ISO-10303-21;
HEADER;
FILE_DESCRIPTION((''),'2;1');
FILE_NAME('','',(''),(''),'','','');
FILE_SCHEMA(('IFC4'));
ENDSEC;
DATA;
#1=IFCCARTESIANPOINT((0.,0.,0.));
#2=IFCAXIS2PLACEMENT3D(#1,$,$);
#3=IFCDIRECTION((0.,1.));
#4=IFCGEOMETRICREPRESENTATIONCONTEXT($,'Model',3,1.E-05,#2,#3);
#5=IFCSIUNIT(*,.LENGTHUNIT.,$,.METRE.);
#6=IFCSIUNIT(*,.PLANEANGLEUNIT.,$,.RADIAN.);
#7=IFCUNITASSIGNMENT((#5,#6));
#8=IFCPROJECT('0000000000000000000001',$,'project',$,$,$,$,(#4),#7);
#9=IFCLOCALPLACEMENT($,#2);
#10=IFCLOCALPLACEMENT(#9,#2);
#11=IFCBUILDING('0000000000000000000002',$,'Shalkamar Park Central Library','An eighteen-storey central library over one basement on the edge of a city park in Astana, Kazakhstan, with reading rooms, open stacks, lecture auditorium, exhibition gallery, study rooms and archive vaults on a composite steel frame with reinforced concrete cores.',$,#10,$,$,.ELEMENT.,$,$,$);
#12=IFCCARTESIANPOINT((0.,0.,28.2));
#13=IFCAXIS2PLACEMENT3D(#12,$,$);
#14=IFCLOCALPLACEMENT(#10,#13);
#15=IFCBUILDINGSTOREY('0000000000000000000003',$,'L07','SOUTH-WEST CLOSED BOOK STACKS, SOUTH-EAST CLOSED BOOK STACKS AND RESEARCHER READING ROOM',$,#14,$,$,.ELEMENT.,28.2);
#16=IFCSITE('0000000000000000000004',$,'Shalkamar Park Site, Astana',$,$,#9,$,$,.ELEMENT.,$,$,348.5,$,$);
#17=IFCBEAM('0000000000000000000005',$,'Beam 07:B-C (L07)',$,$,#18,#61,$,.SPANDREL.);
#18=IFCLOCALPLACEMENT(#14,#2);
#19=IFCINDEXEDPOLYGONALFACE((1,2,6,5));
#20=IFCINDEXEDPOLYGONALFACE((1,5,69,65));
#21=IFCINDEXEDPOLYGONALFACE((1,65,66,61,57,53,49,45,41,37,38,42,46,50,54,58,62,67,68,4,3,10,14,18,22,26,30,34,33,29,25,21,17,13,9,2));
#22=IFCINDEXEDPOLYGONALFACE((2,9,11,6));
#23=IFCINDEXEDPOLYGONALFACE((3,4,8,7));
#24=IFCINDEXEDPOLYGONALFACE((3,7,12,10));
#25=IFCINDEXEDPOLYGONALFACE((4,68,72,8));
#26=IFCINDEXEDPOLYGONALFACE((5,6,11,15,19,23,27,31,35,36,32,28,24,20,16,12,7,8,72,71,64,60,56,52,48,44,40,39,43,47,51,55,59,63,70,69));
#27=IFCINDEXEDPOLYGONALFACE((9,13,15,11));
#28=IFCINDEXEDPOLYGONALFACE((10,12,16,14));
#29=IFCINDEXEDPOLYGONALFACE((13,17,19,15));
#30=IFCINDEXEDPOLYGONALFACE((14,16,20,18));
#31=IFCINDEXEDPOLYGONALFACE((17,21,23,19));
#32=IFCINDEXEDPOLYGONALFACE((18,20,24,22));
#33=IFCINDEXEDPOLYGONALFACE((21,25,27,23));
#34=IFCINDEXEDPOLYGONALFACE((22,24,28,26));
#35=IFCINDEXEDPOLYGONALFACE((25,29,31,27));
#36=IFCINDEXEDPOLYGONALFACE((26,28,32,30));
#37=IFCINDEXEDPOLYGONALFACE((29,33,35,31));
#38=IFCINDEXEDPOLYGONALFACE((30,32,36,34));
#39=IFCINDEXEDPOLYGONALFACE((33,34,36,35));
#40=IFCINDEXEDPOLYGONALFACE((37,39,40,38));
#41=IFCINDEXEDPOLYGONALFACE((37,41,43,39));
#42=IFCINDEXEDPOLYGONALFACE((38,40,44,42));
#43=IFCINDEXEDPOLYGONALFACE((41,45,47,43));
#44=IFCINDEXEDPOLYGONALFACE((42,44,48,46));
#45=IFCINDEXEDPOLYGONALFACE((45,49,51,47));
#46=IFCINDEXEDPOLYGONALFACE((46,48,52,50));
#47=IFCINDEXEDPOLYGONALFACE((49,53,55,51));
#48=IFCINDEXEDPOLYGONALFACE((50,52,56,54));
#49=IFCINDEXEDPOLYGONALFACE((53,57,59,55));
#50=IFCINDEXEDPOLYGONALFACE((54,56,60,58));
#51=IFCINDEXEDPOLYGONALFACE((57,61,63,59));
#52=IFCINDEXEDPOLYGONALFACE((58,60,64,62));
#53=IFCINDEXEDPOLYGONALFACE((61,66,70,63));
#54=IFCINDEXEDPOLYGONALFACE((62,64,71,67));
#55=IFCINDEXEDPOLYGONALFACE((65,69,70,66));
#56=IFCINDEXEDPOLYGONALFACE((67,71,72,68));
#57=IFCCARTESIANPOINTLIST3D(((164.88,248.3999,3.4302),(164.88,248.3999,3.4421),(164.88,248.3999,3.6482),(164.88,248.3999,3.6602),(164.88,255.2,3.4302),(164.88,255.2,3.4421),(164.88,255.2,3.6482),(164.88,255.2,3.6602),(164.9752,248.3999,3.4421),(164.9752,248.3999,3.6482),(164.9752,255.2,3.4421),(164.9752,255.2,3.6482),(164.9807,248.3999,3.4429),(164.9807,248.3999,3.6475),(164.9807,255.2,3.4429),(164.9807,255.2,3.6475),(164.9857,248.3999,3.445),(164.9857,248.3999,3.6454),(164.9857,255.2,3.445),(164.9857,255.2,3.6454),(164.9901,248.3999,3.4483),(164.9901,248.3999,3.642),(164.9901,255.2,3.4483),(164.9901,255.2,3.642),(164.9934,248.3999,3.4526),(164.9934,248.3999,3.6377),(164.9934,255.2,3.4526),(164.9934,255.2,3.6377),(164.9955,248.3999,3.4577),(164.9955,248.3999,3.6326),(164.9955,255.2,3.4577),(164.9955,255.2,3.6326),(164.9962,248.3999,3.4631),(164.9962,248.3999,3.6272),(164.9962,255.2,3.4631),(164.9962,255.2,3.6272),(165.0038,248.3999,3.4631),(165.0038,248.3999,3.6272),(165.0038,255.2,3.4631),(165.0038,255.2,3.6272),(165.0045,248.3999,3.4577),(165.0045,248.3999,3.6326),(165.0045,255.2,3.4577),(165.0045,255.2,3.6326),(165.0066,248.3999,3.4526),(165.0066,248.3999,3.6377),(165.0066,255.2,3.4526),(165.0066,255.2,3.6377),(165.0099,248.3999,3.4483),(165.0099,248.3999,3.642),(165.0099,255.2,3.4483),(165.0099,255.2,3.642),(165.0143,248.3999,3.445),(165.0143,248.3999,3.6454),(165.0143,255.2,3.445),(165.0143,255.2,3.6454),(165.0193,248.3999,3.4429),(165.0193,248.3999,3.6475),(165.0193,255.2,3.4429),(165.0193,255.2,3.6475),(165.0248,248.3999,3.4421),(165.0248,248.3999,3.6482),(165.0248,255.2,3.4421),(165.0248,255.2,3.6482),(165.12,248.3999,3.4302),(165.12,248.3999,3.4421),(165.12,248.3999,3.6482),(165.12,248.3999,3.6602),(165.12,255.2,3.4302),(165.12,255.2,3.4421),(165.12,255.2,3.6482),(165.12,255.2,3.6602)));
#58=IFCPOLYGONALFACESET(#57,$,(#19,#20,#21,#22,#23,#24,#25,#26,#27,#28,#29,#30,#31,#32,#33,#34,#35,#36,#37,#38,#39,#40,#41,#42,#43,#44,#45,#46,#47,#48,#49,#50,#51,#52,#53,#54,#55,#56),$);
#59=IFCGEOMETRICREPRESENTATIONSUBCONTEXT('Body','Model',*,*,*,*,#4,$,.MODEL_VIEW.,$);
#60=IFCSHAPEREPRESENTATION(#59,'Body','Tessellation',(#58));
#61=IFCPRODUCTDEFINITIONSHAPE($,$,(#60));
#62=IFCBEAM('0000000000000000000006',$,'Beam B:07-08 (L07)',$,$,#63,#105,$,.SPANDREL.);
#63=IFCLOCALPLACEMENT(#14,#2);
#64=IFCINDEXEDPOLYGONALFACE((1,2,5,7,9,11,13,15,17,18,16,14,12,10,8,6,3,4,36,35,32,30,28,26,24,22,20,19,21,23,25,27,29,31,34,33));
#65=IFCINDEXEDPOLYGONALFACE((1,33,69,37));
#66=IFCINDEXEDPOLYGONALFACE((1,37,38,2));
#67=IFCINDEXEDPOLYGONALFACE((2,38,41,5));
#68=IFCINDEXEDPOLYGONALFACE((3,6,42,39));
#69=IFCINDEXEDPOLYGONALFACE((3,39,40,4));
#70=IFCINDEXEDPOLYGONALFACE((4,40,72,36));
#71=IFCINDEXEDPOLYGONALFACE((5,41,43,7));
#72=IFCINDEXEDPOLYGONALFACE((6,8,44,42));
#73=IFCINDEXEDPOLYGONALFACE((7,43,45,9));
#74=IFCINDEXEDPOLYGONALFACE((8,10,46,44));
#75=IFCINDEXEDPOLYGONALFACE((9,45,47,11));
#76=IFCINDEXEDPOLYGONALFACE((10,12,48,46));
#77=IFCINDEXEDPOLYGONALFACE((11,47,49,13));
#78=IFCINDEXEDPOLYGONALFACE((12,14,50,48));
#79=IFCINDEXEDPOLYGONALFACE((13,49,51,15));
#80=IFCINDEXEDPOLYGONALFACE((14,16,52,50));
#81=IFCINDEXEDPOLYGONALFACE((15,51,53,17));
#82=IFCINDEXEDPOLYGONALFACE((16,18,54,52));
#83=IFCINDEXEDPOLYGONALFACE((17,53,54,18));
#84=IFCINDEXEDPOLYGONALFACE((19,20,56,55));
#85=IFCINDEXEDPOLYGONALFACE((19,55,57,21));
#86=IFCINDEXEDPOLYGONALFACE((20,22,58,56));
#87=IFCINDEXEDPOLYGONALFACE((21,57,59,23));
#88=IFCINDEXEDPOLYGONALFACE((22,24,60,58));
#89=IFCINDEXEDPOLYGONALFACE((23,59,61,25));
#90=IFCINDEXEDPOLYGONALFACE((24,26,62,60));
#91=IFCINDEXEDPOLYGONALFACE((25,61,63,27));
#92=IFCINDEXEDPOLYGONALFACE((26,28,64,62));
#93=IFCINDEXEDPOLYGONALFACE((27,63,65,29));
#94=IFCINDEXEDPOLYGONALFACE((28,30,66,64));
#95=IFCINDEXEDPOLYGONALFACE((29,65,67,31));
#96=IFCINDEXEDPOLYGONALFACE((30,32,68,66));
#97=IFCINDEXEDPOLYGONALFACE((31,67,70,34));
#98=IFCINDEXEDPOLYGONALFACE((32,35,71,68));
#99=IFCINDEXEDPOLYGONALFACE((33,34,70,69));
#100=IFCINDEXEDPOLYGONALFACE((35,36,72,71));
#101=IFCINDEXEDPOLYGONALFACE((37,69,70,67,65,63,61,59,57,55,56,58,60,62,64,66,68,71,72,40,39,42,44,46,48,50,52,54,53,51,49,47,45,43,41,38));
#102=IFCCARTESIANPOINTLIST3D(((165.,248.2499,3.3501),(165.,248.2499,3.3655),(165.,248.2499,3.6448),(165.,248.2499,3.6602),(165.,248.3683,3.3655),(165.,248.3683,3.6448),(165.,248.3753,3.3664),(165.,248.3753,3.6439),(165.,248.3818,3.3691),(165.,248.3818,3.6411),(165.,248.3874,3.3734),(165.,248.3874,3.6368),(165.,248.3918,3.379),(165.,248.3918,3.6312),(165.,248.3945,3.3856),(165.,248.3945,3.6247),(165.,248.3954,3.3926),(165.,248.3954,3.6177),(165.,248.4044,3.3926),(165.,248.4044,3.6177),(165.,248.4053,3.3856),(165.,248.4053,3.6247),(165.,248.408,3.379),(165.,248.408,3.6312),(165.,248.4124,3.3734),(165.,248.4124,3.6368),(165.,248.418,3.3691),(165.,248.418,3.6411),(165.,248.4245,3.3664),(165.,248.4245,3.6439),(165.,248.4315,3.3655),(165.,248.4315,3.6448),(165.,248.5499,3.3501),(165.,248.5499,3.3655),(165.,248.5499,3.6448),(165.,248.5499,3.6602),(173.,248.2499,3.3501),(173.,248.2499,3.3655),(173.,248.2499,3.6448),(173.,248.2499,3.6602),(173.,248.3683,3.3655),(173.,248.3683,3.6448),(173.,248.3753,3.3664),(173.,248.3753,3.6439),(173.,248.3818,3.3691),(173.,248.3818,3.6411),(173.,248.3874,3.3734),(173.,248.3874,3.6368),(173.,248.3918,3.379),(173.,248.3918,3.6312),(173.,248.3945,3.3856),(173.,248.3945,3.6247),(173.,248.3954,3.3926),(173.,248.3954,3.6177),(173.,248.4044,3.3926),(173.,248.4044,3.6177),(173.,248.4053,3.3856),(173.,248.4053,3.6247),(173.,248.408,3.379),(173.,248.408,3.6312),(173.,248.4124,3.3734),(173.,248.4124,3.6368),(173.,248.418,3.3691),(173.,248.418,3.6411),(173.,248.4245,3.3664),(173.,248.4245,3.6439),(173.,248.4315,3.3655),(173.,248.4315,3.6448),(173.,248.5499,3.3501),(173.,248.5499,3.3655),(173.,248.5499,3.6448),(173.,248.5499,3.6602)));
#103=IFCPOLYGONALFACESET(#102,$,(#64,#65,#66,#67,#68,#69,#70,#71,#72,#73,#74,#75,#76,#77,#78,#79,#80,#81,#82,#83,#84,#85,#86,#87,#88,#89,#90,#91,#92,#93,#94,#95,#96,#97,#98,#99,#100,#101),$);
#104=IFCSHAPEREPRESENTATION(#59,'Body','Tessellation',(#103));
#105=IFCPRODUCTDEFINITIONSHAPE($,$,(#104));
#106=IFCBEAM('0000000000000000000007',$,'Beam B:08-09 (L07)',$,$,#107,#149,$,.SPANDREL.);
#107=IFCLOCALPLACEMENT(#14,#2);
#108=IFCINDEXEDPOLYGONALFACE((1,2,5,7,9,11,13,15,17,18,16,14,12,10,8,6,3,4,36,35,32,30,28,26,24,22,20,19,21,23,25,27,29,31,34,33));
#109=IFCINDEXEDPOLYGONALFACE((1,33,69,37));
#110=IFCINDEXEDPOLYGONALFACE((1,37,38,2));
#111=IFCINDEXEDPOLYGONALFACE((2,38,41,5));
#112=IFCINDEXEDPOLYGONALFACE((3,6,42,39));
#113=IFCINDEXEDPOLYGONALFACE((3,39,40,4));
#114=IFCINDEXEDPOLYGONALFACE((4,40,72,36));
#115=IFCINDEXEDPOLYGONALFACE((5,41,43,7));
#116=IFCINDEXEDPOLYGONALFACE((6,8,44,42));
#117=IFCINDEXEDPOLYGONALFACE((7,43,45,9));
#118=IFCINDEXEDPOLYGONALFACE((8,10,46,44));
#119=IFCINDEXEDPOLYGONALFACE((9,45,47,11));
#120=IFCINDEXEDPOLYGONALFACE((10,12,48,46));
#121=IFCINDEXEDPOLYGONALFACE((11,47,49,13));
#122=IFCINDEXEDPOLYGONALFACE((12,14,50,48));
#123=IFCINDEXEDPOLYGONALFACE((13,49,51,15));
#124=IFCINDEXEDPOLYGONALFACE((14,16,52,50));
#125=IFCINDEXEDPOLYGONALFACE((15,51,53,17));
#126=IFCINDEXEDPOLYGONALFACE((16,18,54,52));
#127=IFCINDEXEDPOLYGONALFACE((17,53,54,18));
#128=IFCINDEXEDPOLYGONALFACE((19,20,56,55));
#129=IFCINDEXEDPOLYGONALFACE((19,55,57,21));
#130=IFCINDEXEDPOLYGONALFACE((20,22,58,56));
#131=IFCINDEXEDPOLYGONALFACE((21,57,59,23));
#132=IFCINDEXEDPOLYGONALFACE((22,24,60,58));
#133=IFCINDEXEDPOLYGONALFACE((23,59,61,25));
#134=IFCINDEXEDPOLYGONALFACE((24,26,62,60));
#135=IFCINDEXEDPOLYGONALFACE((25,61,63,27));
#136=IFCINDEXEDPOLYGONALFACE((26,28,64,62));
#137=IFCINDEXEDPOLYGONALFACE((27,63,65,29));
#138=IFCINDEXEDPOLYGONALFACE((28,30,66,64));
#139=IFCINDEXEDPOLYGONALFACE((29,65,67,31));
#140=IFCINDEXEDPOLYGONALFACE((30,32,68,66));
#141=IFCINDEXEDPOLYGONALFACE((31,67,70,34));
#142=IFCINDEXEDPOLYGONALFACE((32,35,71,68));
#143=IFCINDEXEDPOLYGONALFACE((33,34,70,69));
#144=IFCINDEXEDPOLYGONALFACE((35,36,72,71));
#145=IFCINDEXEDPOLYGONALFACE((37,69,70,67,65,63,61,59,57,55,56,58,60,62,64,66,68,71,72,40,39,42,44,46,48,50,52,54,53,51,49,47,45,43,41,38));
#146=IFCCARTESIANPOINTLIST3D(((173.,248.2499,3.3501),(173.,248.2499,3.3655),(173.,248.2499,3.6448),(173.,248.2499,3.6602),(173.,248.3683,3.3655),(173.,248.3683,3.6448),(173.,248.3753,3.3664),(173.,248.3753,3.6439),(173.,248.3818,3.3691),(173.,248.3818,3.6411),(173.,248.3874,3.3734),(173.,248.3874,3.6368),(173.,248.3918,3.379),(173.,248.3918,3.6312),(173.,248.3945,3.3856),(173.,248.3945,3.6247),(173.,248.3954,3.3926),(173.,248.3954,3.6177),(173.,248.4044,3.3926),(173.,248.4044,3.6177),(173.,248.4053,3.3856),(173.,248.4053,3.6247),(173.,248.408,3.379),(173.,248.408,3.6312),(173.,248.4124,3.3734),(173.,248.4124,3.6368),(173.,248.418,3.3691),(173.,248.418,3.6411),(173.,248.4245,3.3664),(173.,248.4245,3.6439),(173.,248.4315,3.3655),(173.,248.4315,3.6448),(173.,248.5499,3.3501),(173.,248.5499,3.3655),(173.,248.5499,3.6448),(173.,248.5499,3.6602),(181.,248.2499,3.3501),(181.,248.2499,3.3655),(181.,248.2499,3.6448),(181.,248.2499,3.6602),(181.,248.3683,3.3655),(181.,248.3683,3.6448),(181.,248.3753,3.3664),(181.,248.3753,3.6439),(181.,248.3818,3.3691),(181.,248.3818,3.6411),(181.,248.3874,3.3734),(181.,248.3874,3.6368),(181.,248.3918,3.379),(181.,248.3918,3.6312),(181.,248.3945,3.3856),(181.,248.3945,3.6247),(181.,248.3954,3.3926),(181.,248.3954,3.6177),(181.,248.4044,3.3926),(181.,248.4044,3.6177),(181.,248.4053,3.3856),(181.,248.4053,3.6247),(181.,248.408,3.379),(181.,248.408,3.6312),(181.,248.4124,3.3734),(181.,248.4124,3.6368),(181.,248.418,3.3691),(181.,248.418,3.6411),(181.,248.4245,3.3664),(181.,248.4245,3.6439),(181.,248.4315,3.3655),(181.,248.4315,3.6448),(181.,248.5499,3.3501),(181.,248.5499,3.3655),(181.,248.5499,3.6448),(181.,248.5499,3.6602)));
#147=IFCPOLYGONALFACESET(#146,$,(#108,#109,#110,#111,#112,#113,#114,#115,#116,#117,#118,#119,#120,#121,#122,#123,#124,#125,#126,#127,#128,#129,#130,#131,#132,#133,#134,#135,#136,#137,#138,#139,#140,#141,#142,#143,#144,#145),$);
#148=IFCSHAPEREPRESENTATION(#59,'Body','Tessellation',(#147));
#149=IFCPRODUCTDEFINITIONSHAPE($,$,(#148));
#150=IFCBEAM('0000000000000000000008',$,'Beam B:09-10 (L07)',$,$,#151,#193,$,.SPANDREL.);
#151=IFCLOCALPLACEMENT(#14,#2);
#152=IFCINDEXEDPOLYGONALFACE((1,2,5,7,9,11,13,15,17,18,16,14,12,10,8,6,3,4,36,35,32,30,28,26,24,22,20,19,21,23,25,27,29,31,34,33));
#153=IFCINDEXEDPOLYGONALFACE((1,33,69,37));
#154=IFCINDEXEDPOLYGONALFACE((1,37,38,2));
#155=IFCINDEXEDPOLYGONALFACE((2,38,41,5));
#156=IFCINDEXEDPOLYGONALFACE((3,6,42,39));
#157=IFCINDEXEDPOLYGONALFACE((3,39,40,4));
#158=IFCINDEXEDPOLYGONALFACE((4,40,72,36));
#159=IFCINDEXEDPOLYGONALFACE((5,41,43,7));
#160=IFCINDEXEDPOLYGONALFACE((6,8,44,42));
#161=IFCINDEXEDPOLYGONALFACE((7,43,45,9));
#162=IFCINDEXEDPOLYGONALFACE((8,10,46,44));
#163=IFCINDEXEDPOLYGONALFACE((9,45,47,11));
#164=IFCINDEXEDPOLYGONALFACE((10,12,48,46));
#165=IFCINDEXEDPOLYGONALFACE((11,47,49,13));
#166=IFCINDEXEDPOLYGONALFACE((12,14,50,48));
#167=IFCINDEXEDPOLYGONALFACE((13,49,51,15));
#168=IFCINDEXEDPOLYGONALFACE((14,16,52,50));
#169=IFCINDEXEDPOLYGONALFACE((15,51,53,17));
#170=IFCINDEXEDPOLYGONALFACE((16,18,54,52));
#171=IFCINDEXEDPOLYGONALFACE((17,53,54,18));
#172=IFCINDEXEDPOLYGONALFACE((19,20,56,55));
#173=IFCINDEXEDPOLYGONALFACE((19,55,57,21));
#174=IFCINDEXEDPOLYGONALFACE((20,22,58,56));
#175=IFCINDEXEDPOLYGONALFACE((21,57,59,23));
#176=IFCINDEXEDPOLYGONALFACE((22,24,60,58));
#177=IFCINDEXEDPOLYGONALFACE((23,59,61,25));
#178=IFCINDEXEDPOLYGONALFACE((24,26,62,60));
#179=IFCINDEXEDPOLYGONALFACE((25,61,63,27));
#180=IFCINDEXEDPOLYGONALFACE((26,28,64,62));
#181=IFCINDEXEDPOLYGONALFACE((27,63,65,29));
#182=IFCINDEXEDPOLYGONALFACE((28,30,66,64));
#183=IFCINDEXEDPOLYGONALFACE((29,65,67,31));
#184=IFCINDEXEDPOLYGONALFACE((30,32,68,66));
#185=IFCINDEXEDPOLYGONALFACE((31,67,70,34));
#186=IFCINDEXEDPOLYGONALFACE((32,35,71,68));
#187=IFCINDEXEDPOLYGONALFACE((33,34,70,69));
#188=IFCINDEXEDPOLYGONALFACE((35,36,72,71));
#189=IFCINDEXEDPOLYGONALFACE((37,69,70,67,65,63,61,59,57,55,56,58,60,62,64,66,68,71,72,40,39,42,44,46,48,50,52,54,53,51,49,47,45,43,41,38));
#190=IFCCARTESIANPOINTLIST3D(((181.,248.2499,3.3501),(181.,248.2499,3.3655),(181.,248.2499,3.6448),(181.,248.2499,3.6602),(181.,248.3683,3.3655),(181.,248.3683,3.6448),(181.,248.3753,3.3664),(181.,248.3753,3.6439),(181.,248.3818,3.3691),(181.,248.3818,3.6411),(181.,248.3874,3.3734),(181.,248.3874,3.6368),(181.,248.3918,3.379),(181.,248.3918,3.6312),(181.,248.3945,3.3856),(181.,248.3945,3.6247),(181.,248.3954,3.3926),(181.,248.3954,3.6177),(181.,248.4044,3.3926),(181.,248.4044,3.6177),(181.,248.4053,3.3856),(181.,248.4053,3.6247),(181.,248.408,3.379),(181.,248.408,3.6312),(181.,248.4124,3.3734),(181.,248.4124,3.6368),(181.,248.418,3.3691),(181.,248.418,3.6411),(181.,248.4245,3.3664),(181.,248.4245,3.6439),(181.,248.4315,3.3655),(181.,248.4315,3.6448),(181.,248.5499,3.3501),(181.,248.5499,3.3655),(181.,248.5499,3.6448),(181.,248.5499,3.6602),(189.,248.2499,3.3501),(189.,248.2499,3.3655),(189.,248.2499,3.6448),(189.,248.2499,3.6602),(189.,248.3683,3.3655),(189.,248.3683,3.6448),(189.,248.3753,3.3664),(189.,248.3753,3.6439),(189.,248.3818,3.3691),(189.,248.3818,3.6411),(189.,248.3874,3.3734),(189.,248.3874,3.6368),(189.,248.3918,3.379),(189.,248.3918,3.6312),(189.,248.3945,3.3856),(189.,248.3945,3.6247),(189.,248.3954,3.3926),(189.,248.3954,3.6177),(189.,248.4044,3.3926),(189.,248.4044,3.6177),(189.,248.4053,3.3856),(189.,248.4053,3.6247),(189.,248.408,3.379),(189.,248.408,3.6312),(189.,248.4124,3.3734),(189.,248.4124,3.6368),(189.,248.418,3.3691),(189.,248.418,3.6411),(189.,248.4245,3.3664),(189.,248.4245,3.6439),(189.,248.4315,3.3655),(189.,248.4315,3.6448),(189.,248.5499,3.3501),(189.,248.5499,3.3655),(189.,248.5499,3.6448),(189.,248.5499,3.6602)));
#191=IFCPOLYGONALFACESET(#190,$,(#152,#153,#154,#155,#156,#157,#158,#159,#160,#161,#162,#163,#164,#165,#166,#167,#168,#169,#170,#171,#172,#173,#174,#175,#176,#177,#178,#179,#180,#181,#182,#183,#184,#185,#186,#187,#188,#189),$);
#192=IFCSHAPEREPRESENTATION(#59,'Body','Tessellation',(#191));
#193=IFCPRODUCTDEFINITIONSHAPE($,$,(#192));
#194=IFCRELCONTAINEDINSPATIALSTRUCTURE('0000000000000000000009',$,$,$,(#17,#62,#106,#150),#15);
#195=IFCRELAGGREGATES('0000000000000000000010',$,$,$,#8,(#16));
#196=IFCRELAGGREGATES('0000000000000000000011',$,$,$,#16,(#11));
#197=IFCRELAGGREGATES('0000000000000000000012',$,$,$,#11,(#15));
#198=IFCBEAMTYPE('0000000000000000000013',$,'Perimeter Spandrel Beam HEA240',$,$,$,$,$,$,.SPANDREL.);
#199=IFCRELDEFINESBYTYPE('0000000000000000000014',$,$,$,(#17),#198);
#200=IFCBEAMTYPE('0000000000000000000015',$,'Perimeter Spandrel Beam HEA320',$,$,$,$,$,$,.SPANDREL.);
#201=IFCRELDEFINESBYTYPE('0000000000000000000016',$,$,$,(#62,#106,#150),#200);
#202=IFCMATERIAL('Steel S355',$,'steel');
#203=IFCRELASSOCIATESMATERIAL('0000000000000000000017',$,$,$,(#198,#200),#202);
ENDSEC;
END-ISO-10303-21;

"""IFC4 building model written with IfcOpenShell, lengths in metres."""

from ifc_helpers import new_model, si_unit, direction, frame, origin, origin_2d, place, context, subcontext, project, spatial, i_section, extrude, material, material_profile, profile_set, type_object, element, save


model = new_model("IFC4")

# Units and contexts
model_context = context("Model", 3, precision=1e-05, world=origin(), true_north=direction((0.0, 1.0)))
body_context = subcontext(model_context, "Body", "Model", "MODEL_VIEW")
ifc_project = project(units=[si_unit("LENGTHUNIT", "METRE"), si_unit("PLANEANGLEUNIT", "RADIAN")], contexts=[model_context])

# Site, building, storey
site_placement = place(None, origin())
site = spatial("IfcSite", under=ifc_project, at=site_placement, Name="Shalkamar Park Site, Astana", CompositionType="ELEMENT", RefElevation=348.5)
building_placement = place(site_placement, origin())
building = spatial("IfcBuilding", under=site, at=building_placement, Name="Shalkamar Park Central Library", Description="An eighteen-storey central library over one basement on the edge of a city park in Astana, Kazakhstan, with reading rooms, open stacks, lecture auditorium, exhibition gallery, study rooms and archive vaults on a composite steel frame with reinforced concrete cores.", CompositionType="ELEMENT")
storey_placement = place(building_placement, frame((0.0, 0.0, 28.2)))
storey = spatial("IfcBuildingStorey", under=building, at=storey_placement, Name="L07", Description="SOUTH-WEST CLOSED BOOK STACKS, SOUTH-EAST CLOSED BOOK STACKS AND RESEARCHER READING ROOM", CompositionType="ELEMENT", Elevation=28.2)

# Shared definitions
ifc_material_1 = material(Name="Steel S355", Category="steel")

# Beams
ifc_material_profile_1 = material_profile(ifc_material_1, i_section(OverallWidth=0.24, OverallDepth=0.23, WebThickness=0.0076, FlangeThickness=0.012, FilletRadius=0.021, at=origin_2d()), Name="HEA 240")
ifc_profile_set_1 = profile_set([ifc_material_profile_1], Name="Steel S355")
beam_type_1 = type_object("IfcBeamType", Name="Perimeter Spandrel Beam HEA240", PredefinedType="SPANDREL", material=ifc_profile_set_1)
beam_placement = place(storey_placement, frame((165.0, 248.3999, 3.5452), z_axis=(0.0, 1.0, 0.0), x_axis=(-1.0, 0.0, 0.0)))
element("IfcBeam", 1, at=beam_placement, inside=storey, type_object=beam_type_1, Name="Beam 07:B-C (L07)", PredefinedType="SPANDREL", context=body_context, shape_type="SweptSolid", body=[
    extrude(i_section(OverallWidth=0.24, OverallDepth=0.23, WebThickness=0.0076, FlangeThickness=0.012, FilletRadius=0.021, at=origin_2d()), origin(), (0.0, 0.0, 1.0), 6.8),
])
ifc_material_profile_2 = material_profile(ifc_material_1, i_section(OverallWidth=0.3, OverallDepth=0.3101, WebThickness=0.009, FlangeThickness=0.0154, FilletRadius=0.0271, at=origin_2d()), Name="HEA 320")
ifc_profile_set_2 = profile_set([ifc_material_profile_2], Name="Steel S355")
beam_type_2 = type_object("IfcBeamType", Name="Perimeter Spandrel Beam HEA320", PredefinedType="SPANDREL", material=ifc_profile_set_2)
for number, where, z_axis, x_axis, name in (
    (2, (165.0, 248.3999, 3.5051), (1.0, 0.0, 0.0), (0.0, 1.0, 0.0), "Beam B:07-08 (L07)"),
    (3, (173.0, 248.3999, 3.5051), (1.0, 0.0, 0.0), (0.0, 1.0, 0.0), "Beam B:08-09 (L07)"),
    (4, (181.0, 248.3999, 3.5051), (1.0, 0.0, 0.0), (0.0, 1.0, 0.0), "Beam B:09-10 (L07)"),
):
    element("IfcBeam", number, at=place(storey_placement, frame(where, z_axis=z_axis, x_axis=x_axis)), inside=storey, type_object=beam_type_2, Name=name, PredefinedType="SPANDREL", context=body_context, shape_type="SweptSolid", body=[
        extrude(i_section(OverallWidth=0.3, OverallDepth=0.3101, WebThickness=0.009, FlangeThickness=0.0154, FilletRadius=0.0271, at=origin_2d()), origin(), (0.0, 0.0, 1.0), 8.0),
    ])

save(model, "model.ifc")
